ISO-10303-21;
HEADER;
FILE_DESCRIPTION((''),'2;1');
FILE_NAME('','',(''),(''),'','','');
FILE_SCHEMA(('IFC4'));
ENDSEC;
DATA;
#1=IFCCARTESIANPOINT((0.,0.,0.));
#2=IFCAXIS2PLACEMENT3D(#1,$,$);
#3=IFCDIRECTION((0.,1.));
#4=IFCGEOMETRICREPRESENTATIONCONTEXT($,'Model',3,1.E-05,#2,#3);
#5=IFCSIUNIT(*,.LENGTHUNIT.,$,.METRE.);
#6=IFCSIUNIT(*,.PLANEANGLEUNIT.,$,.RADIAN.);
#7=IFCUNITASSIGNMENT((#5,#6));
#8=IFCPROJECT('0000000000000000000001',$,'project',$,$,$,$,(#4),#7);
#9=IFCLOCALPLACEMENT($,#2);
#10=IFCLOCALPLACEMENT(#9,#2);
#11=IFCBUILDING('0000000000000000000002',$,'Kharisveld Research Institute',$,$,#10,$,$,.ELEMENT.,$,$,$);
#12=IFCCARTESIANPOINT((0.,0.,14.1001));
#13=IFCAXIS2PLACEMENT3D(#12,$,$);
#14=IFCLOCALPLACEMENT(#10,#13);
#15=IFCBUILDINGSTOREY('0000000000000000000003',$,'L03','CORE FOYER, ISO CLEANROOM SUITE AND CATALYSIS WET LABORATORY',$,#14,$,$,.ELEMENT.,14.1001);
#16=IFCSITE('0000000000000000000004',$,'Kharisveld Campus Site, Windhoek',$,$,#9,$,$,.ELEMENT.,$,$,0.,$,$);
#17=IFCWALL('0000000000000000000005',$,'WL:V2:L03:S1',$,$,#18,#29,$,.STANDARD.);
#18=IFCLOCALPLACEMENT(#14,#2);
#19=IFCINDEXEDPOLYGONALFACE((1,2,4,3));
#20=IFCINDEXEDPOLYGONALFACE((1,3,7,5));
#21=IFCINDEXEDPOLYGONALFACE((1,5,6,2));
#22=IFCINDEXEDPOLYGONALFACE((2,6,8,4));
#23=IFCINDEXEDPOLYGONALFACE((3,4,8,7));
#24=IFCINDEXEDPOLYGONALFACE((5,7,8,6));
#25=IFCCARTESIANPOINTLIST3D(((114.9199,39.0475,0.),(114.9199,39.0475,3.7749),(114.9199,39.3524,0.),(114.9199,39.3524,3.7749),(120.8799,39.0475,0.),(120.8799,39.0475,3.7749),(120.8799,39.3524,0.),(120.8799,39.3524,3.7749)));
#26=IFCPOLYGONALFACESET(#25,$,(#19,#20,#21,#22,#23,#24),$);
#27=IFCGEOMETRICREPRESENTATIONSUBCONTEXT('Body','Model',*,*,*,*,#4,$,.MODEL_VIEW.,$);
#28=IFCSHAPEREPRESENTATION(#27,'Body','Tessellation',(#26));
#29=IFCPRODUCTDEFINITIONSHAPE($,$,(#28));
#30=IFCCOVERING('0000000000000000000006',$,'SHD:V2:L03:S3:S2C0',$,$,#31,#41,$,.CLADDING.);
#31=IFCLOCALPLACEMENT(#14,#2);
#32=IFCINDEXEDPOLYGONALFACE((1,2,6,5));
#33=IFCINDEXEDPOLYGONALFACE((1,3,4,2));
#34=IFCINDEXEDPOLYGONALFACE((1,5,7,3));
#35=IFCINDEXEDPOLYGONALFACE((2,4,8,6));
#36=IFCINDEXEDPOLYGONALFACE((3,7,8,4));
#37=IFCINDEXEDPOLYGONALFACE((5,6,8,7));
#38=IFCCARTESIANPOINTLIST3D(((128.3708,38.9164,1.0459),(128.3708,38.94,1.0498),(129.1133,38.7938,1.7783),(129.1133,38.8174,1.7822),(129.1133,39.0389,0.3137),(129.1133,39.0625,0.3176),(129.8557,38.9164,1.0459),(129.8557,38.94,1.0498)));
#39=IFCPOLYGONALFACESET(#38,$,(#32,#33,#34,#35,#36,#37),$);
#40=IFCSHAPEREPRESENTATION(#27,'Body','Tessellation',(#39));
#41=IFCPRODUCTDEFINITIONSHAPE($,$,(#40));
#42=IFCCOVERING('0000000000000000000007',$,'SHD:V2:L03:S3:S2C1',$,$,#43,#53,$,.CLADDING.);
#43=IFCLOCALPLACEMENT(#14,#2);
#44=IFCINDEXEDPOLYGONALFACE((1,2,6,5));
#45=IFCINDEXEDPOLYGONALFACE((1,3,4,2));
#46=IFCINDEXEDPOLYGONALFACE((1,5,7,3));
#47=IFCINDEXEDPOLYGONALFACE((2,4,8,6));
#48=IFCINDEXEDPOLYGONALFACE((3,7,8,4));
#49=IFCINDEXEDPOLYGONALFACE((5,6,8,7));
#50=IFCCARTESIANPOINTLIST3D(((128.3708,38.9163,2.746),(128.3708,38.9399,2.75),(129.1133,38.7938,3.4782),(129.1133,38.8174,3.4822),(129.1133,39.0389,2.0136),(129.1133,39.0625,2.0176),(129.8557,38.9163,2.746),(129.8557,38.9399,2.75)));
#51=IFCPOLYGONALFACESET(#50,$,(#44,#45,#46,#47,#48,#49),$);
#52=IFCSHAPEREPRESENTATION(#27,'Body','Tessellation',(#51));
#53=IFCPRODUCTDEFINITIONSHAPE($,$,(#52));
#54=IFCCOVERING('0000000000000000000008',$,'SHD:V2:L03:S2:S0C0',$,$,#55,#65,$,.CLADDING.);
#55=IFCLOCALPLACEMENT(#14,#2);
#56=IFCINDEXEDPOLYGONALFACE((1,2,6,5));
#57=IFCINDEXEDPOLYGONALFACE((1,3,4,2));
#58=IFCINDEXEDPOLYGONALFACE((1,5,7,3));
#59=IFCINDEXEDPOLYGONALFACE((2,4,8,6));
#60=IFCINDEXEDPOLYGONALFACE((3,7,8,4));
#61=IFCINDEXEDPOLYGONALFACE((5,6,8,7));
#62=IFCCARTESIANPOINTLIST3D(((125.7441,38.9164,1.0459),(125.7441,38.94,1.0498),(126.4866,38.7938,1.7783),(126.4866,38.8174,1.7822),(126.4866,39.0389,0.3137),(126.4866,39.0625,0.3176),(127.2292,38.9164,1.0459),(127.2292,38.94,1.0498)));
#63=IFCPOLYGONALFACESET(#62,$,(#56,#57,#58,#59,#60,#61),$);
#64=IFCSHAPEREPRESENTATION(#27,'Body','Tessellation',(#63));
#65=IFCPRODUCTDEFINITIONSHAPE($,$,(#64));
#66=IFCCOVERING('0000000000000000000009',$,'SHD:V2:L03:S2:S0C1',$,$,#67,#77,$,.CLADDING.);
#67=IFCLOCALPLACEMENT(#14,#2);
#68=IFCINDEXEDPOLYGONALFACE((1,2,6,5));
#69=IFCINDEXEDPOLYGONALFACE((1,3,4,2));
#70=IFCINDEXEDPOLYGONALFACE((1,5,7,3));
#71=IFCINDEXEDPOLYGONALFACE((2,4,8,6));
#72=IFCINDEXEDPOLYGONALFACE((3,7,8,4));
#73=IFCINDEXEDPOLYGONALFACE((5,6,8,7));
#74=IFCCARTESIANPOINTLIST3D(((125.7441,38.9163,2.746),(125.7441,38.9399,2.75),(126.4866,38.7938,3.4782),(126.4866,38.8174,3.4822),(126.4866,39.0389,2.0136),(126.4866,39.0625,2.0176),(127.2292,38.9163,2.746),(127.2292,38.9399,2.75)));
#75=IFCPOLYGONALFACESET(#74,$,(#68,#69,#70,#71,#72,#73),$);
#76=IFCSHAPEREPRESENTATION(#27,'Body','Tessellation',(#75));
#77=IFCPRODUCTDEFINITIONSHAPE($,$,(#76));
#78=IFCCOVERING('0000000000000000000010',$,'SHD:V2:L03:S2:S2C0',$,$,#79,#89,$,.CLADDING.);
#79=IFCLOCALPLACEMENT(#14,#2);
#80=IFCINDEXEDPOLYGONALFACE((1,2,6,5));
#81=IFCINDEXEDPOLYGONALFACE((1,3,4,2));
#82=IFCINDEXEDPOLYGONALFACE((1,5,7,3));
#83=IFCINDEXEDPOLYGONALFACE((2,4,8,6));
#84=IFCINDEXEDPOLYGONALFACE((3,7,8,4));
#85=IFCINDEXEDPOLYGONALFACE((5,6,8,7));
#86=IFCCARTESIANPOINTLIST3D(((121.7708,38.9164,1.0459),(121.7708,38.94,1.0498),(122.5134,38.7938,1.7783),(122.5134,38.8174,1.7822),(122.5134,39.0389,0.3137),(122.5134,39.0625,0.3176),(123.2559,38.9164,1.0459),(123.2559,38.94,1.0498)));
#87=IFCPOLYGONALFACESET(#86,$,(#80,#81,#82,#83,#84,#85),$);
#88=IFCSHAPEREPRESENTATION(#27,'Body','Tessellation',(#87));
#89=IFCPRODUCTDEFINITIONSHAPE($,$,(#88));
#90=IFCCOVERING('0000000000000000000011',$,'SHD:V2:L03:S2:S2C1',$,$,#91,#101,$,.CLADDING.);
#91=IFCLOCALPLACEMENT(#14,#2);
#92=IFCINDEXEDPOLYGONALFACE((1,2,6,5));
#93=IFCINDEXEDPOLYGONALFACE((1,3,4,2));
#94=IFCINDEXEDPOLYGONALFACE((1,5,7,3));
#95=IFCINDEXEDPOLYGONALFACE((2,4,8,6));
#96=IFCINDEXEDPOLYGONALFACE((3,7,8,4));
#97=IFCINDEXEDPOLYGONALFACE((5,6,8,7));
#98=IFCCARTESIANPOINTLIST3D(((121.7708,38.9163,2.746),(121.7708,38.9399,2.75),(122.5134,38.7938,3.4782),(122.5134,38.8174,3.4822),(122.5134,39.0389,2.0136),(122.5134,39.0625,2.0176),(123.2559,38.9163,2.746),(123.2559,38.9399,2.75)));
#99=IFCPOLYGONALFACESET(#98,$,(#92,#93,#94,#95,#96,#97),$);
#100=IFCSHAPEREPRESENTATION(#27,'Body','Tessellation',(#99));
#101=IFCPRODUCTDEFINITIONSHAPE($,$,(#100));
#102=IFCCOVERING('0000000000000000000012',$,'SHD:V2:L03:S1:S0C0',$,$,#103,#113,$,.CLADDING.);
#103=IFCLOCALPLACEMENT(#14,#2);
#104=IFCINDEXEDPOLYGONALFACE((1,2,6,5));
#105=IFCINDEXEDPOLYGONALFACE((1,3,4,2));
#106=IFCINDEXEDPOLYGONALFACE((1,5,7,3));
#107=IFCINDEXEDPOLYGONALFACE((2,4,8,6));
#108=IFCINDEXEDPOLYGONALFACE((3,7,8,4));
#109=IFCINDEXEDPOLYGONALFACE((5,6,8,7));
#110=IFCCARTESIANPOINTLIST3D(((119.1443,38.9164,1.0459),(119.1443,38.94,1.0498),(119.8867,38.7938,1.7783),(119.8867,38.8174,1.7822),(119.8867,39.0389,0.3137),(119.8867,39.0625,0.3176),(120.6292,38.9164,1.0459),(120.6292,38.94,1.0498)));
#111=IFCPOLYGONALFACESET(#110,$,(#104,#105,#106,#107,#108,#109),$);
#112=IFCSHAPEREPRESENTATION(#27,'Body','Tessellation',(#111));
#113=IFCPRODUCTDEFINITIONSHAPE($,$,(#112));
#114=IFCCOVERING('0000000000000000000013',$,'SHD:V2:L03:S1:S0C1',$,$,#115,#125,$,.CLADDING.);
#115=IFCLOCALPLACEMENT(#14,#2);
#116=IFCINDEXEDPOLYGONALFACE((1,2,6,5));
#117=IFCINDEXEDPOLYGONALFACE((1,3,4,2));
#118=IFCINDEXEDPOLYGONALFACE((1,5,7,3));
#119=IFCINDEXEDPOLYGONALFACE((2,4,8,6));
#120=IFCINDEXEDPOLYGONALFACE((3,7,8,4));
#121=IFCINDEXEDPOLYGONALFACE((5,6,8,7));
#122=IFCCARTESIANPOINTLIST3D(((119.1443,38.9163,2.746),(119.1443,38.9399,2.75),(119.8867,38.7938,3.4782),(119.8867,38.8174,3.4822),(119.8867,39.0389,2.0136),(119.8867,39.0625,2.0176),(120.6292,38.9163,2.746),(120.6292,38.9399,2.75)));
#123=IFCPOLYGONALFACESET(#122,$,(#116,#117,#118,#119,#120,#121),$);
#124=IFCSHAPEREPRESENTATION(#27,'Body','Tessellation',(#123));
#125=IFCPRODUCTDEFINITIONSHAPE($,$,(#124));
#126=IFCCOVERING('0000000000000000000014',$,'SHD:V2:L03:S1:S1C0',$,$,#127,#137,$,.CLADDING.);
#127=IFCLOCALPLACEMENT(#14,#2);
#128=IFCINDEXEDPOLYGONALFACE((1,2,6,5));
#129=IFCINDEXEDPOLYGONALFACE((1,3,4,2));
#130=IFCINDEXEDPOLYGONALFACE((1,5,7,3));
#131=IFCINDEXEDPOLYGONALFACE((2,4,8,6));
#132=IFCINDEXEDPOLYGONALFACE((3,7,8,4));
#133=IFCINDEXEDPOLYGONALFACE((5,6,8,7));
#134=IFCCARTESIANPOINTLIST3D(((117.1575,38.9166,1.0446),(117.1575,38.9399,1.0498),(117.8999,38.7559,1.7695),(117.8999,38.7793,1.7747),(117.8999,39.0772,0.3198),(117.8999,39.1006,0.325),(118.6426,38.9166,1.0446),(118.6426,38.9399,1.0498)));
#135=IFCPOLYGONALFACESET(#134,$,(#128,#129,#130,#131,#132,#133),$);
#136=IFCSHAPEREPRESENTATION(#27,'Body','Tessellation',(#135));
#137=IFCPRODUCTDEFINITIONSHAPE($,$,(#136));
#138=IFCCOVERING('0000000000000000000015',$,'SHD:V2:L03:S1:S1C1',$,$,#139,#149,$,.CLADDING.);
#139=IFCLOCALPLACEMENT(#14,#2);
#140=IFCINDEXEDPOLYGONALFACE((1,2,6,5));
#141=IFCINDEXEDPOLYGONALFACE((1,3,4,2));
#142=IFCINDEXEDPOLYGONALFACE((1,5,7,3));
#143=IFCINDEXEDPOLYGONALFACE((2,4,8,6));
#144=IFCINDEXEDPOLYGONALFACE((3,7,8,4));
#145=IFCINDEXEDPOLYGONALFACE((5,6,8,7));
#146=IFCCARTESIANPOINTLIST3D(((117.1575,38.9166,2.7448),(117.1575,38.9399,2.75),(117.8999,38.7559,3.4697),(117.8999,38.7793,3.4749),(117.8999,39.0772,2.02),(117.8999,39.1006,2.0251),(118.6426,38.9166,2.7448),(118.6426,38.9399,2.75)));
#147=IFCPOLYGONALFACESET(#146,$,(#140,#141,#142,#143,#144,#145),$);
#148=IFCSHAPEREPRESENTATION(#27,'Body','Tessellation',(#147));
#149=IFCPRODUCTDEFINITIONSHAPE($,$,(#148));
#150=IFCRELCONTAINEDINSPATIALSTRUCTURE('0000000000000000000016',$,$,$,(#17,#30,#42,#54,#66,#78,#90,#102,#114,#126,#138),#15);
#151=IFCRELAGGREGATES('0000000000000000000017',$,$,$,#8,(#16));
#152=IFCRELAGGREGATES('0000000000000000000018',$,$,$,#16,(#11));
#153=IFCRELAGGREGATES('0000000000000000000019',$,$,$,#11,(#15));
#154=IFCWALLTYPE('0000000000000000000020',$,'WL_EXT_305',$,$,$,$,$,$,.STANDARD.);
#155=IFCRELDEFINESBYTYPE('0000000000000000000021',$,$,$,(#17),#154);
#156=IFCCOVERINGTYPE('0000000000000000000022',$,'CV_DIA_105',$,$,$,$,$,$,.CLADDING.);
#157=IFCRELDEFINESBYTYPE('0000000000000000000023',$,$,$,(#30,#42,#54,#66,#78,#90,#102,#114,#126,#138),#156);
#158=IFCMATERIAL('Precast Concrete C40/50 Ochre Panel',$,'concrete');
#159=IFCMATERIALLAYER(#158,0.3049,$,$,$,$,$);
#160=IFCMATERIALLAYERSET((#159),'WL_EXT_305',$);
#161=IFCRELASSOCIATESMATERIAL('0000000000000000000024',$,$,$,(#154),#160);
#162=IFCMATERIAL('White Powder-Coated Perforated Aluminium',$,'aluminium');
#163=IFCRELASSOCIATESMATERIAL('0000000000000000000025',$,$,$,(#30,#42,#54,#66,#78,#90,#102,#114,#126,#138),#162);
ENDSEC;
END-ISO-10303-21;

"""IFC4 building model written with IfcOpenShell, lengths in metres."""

from ifc_helpers import new_model, si_unit, direction, frame, frame_2d, origin, place, context, subcontext, project, spatial, polyline, rectangle, outline, extrude, material, layer, layer_set, type_object, element, save


model = new_model("IFC4")

# Units and contexts
model_context = context("Model", 3, precision=1e-05, world=origin(), true_north=direction((0.0, 1.0)))
body_context = subcontext(model_context, "Body", "Model", "MODEL_VIEW")
ifc_project = project(units=[si_unit("LENGTHUNIT", "METRE"), si_unit("PLANEANGLEUNIT", "RADIAN")], contexts=[model_context])

# Site, building, storey
site_placement = place(None, origin())
site = spatial("IfcSite", under=ifc_project, at=site_placement, Name="Kharisveld Campus Site, Windhoek", CompositionType="ELEMENT", RefElevation=0.0)
building_placement = place(site_placement, origin())
building = spatial("IfcBuilding", under=site, at=building_placement, Name="Kharisveld Research Institute", CompositionType="ELEMENT")
storey_placement = place(building_placement, frame((0.0, 0.0, 14.1001)))
storey = spatial("IfcBuildingStorey", under=building, at=storey_placement, Name="L03", Description="CORE FOYER, ISO CLEANROOM SUITE AND CATALYSIS WET LABORATORY", CompositionType="ELEMENT", Elevation=14.1001)

# Wall
ifc_material_1 = material(Name="Precast Concrete C40/50 Ochre Panel", Category="concrete")
ifc_layer_1 = layer(ifc_material_1, 0.3049)
ifc_layer_set_1 = layer_set([ifc_layer_1], Name="WL_EXT_305")
wall_type = type_object("IfcWallType", Name="WL_EXT_305", PredefinedType="STANDARD", material=ifc_layer_set_1)
wall_placement = place(storey_placement, frame((120.8799, 39.2, 0.0), z_axis=(0.0, 0.0, 1.0), x_axis=(-1.0, 0.0, 0.0)))
element("IfcWall", 1, at=wall_placement, inside=storey, type_object=wall_type, Name="WL:V2:L03:S1", PredefinedType="STANDARD", context=body_context, shape_type="SweptSolid", body=[
    extrude(rectangle(XDim=5.96, YDim=0.3049, at=frame_2d((2.98, 0.0))), origin(), (0.0, 0.0, 1.0), 3.7749),
])

# Coverings
ifc_material_2 = material(Name="White Powder-Coated Perforated Aluminium", Category="aluminium")
covering_type = type_object("IfcCoveringType", Name="CV_DIA_105", PredefinedType="CLADDING")
covering_1_placement = place(storey_placement, frame((129.1133, 39.0625, 0.3176), z_axis=(0.0, 0.986283, 0.165065), x_axis=(-0.707139, -0.116714, 0.697376)))
element("IfcCovering", 2, at=covering_1_placement, inside=storey, type_object=covering_type, material=ifc_material_2, Name="SHD:V2:L03:S3:S2C0", PredefinedType="CLADDING", context=body_context, shape_type="SweptSolid", body=[
    extrude(outline(polyline([(0.0, 0.0), (1.0499, 0.0), (1.05, 1.0501), (-0.0001, 1.0499), (0.0, 0.0)])), origin(), (0.0, 0.0, -1.0), 0.0239),
])
covering_2_placement = place(storey_placement, frame((129.1133, 39.0625, 2.0176), z_axis=(0.0, 0.986283, 0.165065), x_axis=(-0.707024, -0.116733, 0.697489)))
element("IfcCovering", 3, at=covering_2_placement, inside=storey, type_object=covering_type, material=ifc_material_2, Name="SHD:V2:L03:S3:S2C1", PredefinedType="CLADDING", context=body_context, shape_type="SweptSolid", body=[
    extrude(outline(polyline([(0.0, 0.0), (1.0501, 0.0), (1.0502, 1.0499), (0.0002, 1.0501), (0.0, 0.0)])), origin(), (0.0, 0.0, -1.0), 0.0239),
])
covering_3_placement = place(storey_placement, frame((126.4866, 39.0625, 0.3176), z_axis=(0.0, 0.986283, 0.165065), x_axis=(-0.707139, -0.116714, 0.697376)))
element("IfcCovering", 4, at=covering_3_placement, inside=storey, type_object=covering_type, material=ifc_material_2, Name="SHD:V2:L03:S2:S0C0", PredefinedType="CLADDING", context=body_context, shape_type="SweptSolid", body=[
    extrude(outline(polyline([(0.0, 0.0), (1.0499, 0.0), (1.05, 1.0501), (-0.0003, 1.0501), (0.0, 0.0)])), origin(), (0.0, 0.0, -1.0), 0.0239),
])
covering_4_placement = place(storey_placement, frame((126.4866, 39.0625, 2.0176), z_axis=(0.0, 0.986283, 0.165065), x_axis=(-0.707024, -0.116733, 0.697489)))
element("IfcCovering", 5, at=covering_4_placement, inside=storey, type_object=covering_type, material=ifc_material_2, Name="SHD:V2:L03:S2:S0C1", PredefinedType="CLADDING", context=body_context, shape_type="SweptSolid", body=[
    extrude(outline(polyline([(0.0, 0.0), (1.0501, 0.0), (1.0502, 1.0499), (0.0001, 1.0503), (0.0, 0.0)])), origin(), (0.0, 0.0, -1.0), 0.0239),
])
covering_5_placement = place(storey_placement, frame((122.5134, 39.0625, 0.3176), z_axis=(0.0, 0.986283, 0.165065), x_axis=(-0.707255, -0.116694, 0.697261)))
element("IfcCovering", 6, at=covering_5_placement, inside=storey, type_object=covering_type, material=ifc_material_2, Name="SHD:V2:L03:S2:S2C0", PredefinedType="CLADDING", context=body_context, shape_type="SweptSolid", body=[
    extrude(outline(polyline([(0.0, 0.0), (1.0501, 0.0), (1.0498, 1.0503), (-0.0003, 1.0499), (0.0, 0.0)])), origin(), (0.0, 0.0, -1.0), 0.0239),
])
covering_6_placement = place(storey_placement, frame((122.5134, 39.0625, 2.0176), z_axis=(0.0, 0.986283, 0.165065), x_axis=(-0.70714, -0.116713, 0.697374)))
element("IfcCovering", 7, at=covering_6_placement, inside=storey, type_object=covering_type, material=ifc_material_2, Name="SHD:V2:L03:S2:S2C1", PredefinedType="CLADDING", context=body_context, shape_type="SweptSolid", body=[
    extrude(outline(polyline([(0.0, 0.0), (1.0503, 0.0), (1.05, 1.0501), (0.0001, 1.0501), (0.0, 0.0)])), origin(), (0.0, 0.0, -1.0), 0.0239),
])
covering_7_placement = place(storey_placement, frame((119.8867, 39.0625, 0.3176), z_axis=(0.0, 0.986283, 0.165065), x_axis=(-0.707139, -0.116714, 0.697376)))
element("IfcCovering", 8, at=covering_7_placement, inside=storey, type_object=covering_type, material=ifc_material_2, Name="SHD:V2:L03:S1:S0C0", PredefinedType="CLADDING", context=body_context, shape_type="SweptSolid", body=[
    extrude(outline(polyline([(0.0, 0.0), (1.0499, 0.0), (1.05, 1.0501), (-0.0001, 1.0499), (0.0, 0.0)])), origin(), (0.0, 0.0, -1.0), 0.0239),
])
covering_8_placement = place(storey_placement, frame((119.8867, 39.0625, 2.0176), z_axis=(0.0, 0.986283, 0.165065), x_axis=(-0.707024, -0.116733, 0.697489)))
element("IfcCovering", 9, at=covering_8_placement, inside=storey, type_object=covering_type, material=ifc_material_2, Name="SHD:V2:L03:S1:S0C1", PredefinedType="CLADDING", context=body_context, shape_type="SweptSolid", body=[
    extrude(outline(polyline([(0.0, 0.0), (1.0501, 0.0), (1.0502, 1.0499), (0.0002, 1.0501), (0.0, 0.0)])), origin(), (0.0, 0.0, -1.0), 0.0239),
])
for number, where, z_axis, x_axis, name in (
    (10, (117.8999, 39.1006, 0.325), (0.0, 0.976311, 0.216373), (-0.707102, -0.153, 0.69036), "SHD:V2:L03:S1:S1C0"),
    (11, (117.8999, 39.1006, 2.0251), (0.0, 0.976311, 0.216373), (-0.707102, -0.153, 0.69036), "SHD:V2:L03:S1:S1C1"),
):
    element("IfcCovering", number, at=place(storey_placement, frame(where, z_axis=z_axis, x_axis=x_axis)), inside=storey, type_object=covering_type, material=ifc_material_2, Name=name, PredefinedType="CLADDING", context=body_context, shape_type="SweptSolid", body=[
        extrude(outline(polyline([(0.0, 0.0), (1.05, 0.0), (1.05, 1.05), (-0.0002, 1.0501), (0.0, 0.0)])), origin(), (0.0, 0.0, -1.0), 0.0239),
    ])

save(model, "model.ifc")
